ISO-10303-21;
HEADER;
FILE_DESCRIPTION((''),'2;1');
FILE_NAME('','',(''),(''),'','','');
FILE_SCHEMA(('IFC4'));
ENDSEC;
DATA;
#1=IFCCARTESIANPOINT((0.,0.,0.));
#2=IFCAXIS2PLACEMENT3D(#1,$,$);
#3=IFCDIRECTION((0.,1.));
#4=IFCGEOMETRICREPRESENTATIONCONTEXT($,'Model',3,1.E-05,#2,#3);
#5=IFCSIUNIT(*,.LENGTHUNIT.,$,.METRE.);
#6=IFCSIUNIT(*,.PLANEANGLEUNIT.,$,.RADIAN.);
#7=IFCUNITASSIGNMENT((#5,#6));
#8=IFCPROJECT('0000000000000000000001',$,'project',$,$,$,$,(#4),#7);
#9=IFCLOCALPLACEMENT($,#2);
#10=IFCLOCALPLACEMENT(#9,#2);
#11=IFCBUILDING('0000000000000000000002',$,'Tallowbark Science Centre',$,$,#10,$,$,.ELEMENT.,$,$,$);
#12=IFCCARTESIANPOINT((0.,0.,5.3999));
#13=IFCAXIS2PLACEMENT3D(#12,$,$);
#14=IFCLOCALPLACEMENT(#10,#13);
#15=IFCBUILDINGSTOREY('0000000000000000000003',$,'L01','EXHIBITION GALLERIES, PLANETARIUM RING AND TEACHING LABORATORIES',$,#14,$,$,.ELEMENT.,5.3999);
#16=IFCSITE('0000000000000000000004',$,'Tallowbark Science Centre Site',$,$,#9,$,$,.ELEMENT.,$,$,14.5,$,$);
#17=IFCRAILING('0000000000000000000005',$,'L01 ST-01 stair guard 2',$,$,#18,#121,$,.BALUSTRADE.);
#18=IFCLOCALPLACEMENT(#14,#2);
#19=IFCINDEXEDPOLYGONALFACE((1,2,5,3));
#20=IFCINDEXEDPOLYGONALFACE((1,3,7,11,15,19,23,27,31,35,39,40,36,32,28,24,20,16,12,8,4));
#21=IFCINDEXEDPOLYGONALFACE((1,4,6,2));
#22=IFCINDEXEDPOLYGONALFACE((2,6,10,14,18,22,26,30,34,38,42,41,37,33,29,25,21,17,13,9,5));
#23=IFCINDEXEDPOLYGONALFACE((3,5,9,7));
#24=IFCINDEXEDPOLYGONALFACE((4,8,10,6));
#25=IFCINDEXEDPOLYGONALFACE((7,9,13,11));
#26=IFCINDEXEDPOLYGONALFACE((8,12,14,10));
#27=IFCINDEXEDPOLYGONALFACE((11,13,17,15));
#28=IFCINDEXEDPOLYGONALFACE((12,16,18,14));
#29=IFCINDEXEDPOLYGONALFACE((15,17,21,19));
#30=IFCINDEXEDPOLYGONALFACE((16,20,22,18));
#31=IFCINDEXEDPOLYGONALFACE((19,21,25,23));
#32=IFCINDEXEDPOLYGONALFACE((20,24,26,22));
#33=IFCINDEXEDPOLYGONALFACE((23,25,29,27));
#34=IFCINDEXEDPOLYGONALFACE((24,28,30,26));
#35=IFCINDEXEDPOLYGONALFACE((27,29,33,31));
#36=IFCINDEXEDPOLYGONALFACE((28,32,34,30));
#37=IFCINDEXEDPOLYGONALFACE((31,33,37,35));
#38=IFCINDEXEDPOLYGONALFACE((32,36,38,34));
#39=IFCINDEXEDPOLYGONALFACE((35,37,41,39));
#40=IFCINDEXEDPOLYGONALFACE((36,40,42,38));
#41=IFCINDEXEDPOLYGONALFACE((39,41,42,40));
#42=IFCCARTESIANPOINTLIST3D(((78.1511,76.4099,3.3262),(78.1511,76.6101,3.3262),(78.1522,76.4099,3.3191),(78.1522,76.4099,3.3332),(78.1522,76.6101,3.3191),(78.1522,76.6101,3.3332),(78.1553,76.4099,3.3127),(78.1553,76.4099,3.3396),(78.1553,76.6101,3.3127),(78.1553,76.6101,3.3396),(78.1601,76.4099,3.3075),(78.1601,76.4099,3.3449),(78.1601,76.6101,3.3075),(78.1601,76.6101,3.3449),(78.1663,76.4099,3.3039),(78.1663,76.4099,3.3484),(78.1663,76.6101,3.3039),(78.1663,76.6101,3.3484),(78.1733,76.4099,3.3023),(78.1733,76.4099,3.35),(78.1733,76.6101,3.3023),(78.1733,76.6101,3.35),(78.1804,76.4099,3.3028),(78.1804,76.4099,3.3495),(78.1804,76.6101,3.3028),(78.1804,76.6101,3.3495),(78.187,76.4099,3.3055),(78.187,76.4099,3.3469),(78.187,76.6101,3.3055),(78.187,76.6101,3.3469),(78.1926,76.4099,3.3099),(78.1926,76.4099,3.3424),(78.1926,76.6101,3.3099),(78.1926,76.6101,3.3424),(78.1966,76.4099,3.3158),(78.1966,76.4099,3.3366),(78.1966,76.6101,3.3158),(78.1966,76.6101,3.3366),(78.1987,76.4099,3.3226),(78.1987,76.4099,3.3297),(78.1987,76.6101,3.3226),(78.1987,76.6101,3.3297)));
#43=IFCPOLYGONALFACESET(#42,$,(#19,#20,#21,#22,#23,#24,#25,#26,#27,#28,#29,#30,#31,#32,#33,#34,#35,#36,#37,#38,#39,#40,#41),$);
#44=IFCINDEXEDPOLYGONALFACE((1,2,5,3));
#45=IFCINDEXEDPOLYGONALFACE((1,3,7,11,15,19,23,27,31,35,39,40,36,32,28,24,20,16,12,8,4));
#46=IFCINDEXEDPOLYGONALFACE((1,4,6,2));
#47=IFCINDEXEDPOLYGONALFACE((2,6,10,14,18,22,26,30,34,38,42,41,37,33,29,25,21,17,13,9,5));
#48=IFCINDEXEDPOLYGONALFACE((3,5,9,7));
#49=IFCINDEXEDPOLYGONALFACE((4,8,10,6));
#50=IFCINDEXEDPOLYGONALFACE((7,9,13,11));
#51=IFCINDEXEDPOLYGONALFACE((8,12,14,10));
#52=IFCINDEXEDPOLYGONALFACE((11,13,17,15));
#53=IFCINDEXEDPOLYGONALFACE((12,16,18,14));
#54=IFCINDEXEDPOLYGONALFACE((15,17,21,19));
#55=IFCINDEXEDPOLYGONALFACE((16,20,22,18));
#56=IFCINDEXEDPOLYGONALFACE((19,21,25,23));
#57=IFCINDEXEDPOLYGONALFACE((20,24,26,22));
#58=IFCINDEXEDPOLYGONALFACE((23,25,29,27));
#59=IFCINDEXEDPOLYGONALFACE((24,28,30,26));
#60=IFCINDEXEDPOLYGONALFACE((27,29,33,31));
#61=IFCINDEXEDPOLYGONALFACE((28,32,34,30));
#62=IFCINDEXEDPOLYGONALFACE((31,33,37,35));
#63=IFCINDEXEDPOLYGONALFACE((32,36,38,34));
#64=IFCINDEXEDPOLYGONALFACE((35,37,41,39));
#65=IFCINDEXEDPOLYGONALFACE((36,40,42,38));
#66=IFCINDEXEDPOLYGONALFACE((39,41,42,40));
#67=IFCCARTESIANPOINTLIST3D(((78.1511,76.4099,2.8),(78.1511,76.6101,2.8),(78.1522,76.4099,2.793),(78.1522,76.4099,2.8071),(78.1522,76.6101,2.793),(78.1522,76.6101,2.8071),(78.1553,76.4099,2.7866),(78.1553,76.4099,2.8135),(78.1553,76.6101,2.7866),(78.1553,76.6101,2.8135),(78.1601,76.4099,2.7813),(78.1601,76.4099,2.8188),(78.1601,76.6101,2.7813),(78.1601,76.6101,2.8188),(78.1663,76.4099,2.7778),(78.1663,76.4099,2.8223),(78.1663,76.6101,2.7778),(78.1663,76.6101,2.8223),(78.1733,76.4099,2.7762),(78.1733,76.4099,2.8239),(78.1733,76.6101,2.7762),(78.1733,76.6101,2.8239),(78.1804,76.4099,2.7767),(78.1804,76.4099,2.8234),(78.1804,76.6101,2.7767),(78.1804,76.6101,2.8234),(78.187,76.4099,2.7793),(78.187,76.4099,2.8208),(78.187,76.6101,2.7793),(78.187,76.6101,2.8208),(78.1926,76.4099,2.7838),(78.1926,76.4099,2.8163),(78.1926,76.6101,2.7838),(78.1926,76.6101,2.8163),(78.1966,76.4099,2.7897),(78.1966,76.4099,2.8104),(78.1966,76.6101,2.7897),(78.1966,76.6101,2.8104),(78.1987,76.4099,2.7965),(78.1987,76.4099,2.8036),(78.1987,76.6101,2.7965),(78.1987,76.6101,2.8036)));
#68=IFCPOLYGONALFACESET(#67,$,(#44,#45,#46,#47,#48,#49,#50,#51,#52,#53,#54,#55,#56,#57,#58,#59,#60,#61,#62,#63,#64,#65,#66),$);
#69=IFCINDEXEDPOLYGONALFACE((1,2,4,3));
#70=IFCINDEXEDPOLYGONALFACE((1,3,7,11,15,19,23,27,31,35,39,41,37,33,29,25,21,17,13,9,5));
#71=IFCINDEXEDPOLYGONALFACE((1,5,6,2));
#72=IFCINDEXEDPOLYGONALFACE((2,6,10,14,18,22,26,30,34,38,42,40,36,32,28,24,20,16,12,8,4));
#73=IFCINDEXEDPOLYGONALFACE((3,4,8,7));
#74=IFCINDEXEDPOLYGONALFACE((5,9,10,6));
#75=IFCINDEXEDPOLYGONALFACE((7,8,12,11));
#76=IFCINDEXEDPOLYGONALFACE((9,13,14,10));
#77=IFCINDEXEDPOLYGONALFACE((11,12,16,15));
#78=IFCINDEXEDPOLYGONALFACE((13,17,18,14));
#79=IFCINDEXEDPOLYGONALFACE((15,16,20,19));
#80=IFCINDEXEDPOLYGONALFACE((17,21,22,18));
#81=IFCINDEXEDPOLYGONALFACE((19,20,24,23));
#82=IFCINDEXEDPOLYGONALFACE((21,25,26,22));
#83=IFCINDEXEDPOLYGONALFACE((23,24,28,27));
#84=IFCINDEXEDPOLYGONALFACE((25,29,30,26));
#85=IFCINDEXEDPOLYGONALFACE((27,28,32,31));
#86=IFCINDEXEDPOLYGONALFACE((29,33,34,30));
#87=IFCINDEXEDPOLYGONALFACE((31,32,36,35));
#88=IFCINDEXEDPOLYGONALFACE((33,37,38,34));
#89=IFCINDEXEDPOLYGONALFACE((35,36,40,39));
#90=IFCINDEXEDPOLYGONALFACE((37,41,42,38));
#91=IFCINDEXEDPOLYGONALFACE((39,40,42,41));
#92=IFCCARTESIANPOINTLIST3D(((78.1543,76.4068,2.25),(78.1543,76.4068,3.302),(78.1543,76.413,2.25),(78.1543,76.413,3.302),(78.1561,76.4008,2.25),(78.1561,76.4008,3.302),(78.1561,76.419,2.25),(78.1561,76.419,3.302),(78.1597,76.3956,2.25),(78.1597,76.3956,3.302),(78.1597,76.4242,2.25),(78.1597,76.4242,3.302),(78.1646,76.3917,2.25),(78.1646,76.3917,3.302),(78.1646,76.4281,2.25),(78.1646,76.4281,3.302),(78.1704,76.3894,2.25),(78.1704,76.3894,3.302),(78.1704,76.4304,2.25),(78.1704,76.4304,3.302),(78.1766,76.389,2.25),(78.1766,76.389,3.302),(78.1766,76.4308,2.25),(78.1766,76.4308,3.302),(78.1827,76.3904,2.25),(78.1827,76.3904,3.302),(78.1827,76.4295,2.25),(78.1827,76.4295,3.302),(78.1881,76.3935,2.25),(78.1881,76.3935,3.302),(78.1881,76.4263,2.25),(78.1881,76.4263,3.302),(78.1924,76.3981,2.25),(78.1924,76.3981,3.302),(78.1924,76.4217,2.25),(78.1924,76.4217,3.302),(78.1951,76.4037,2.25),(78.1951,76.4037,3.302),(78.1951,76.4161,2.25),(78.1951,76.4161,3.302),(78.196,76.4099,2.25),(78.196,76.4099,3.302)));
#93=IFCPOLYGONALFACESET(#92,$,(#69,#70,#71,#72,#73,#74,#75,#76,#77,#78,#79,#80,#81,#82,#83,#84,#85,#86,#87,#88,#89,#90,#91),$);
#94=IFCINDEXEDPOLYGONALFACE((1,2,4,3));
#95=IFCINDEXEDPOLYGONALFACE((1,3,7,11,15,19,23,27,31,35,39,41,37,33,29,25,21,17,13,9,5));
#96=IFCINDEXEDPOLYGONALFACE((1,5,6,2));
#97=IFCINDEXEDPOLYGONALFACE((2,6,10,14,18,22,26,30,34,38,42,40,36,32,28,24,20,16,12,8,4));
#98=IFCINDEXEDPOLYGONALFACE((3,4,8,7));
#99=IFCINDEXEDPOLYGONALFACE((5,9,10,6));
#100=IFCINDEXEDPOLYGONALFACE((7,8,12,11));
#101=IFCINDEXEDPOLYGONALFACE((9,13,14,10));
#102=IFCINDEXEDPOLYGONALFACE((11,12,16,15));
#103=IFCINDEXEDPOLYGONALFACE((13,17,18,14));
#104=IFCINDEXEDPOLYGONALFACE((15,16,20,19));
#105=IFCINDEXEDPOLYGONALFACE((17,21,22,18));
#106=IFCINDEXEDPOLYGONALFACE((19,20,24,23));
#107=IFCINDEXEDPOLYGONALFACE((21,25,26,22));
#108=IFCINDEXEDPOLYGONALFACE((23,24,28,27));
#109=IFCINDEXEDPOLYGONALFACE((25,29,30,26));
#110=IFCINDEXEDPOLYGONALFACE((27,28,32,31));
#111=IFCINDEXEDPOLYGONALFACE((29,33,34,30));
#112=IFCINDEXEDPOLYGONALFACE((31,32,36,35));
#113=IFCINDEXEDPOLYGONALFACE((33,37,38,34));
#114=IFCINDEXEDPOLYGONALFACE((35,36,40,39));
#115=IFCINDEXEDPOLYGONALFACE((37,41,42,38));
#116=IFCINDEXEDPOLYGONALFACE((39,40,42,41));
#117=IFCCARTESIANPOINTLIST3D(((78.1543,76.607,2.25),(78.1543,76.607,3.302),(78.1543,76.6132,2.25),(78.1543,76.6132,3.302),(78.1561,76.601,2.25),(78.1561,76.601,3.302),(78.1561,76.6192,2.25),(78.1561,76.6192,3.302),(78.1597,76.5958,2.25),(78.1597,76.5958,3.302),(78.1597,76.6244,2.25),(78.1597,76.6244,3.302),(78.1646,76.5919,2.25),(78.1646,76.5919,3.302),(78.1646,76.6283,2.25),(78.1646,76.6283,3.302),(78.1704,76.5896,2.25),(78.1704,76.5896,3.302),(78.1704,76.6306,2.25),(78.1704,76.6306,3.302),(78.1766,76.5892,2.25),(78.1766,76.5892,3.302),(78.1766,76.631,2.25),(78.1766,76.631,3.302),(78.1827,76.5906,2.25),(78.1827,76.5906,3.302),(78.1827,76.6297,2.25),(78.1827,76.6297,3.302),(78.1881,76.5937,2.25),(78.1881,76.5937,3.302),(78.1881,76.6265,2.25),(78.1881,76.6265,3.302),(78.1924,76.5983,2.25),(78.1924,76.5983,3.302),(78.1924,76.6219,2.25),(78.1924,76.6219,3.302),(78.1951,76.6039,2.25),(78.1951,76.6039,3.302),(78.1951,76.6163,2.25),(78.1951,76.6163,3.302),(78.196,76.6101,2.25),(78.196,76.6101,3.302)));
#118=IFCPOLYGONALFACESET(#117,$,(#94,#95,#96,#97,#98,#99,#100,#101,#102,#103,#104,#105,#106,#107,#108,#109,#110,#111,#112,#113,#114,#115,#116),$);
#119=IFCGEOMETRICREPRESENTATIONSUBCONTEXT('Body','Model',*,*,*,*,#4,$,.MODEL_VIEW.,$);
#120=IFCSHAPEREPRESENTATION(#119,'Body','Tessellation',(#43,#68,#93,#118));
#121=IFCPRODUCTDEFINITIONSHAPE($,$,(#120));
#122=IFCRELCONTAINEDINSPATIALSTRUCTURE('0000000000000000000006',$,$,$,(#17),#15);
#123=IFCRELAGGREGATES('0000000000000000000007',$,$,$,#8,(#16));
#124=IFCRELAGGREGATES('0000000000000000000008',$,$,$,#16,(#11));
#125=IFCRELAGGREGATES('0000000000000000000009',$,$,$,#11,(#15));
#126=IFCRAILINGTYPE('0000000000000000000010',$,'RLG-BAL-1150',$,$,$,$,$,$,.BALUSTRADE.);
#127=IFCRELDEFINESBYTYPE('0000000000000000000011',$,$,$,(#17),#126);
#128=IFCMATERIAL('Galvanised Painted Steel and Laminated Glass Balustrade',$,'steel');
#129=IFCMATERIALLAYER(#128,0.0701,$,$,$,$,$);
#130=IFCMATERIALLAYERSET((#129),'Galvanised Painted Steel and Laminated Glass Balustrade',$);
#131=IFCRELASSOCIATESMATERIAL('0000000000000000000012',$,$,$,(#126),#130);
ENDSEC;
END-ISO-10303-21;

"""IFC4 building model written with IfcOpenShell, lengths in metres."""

from ifc_helpers import new_model, si_unit, direction, frame, origin, origin_2d, place, context, subcontext, project, spatial, circle, extrude, material, layer, layer_set, type_object, element, save


model = new_model("IFC4")

# Units and contexts
model_context = context("Model", 3, precision=1e-05, world=origin(), true_north=direction((0.0, 1.0)))
body_context = subcontext(model_context, "Body", "Model", "MODEL_VIEW")
ifc_project = project(units=[si_unit("LENGTHUNIT", "METRE"), si_unit("PLANEANGLEUNIT", "RADIAN")], contexts=[model_context])

# Site, building, storey
site_placement = place(None, origin())
site = spatial("IfcSite", under=ifc_project, at=site_placement, Name="Tallowbark Science Centre Site", CompositionType="ELEMENT", RefElevation=14.5)
building_placement = place(site_placement, origin())
building = spatial("IfcBuilding", under=site, at=building_placement, Name="Tallowbark Science Centre", CompositionType="ELEMENT")
storey_placement = place(building_placement, frame((0.0, 0.0, 5.3999)))
storey = spatial("IfcBuildingStorey", under=building, at=storey_placement, Name="L01", Description="EXHIBITION GALLERIES, PLANETARIUM RING AND TEACHING LABORATORIES", CompositionType="ELEMENT", Elevation=5.3999)

# Railing
ifc_material_1 = material(Name="Galvanised Painted Steel and Laminated Glass Balustrade", Category="steel")
ifc_layer_1 = layer(ifc_material_1, 0.0701)
ifc_layer_set_1 = layer_set([ifc_layer_1], Name="Galvanised Painted Steel and Laminated Glass Balustrade")
railing_type_1 = type_object("IfcRailingType", Name="RLG-BAL-1150", PredefinedType="BALUSTRADE", material=ifc_layer_set_1)
railing_1_placement = place(storey_placement, frame((78.175, 76.4099, 2.25)))
element("IfcRailing", 1, at=railing_1_placement, inside=storey, type_object=railing_type_1, Name="L01 ST-01 stair guard 2", PredefinedType="BALUSTRADE", context=body_context, shape_type="SweptSolid", body=[
    extrude(circle(Radius=0.0239, at=origin_2d()), frame((0.0, 0.0, 1.0762), z_axis=(0.0, 1.0, 0.0), x_axis=(-1.0, 0.0, 0.0)), (0.0, 0.0, 1.0), 0.2002),
    extrude(circle(Radius=0.0239, at=origin_2d()), frame((0.0, 0.0, 0.55), z_axis=(0.0, 1.0, 0.0), x_axis=(-1.0, 0.0, 0.0)), (0.0, 0.0, 1.0), 0.2002),
    extrude(circle(Radius=0.021, at=origin_2d()), origin(), (0.0, 0.0, 1.0), 1.052),
    extrude(circle(Radius=0.021, at=origin_2d()), frame((0.0, 0.2002, 0.0)), (0.0, 0.0, 1.0), 1.052),
])

save(model, "model.ifc")
